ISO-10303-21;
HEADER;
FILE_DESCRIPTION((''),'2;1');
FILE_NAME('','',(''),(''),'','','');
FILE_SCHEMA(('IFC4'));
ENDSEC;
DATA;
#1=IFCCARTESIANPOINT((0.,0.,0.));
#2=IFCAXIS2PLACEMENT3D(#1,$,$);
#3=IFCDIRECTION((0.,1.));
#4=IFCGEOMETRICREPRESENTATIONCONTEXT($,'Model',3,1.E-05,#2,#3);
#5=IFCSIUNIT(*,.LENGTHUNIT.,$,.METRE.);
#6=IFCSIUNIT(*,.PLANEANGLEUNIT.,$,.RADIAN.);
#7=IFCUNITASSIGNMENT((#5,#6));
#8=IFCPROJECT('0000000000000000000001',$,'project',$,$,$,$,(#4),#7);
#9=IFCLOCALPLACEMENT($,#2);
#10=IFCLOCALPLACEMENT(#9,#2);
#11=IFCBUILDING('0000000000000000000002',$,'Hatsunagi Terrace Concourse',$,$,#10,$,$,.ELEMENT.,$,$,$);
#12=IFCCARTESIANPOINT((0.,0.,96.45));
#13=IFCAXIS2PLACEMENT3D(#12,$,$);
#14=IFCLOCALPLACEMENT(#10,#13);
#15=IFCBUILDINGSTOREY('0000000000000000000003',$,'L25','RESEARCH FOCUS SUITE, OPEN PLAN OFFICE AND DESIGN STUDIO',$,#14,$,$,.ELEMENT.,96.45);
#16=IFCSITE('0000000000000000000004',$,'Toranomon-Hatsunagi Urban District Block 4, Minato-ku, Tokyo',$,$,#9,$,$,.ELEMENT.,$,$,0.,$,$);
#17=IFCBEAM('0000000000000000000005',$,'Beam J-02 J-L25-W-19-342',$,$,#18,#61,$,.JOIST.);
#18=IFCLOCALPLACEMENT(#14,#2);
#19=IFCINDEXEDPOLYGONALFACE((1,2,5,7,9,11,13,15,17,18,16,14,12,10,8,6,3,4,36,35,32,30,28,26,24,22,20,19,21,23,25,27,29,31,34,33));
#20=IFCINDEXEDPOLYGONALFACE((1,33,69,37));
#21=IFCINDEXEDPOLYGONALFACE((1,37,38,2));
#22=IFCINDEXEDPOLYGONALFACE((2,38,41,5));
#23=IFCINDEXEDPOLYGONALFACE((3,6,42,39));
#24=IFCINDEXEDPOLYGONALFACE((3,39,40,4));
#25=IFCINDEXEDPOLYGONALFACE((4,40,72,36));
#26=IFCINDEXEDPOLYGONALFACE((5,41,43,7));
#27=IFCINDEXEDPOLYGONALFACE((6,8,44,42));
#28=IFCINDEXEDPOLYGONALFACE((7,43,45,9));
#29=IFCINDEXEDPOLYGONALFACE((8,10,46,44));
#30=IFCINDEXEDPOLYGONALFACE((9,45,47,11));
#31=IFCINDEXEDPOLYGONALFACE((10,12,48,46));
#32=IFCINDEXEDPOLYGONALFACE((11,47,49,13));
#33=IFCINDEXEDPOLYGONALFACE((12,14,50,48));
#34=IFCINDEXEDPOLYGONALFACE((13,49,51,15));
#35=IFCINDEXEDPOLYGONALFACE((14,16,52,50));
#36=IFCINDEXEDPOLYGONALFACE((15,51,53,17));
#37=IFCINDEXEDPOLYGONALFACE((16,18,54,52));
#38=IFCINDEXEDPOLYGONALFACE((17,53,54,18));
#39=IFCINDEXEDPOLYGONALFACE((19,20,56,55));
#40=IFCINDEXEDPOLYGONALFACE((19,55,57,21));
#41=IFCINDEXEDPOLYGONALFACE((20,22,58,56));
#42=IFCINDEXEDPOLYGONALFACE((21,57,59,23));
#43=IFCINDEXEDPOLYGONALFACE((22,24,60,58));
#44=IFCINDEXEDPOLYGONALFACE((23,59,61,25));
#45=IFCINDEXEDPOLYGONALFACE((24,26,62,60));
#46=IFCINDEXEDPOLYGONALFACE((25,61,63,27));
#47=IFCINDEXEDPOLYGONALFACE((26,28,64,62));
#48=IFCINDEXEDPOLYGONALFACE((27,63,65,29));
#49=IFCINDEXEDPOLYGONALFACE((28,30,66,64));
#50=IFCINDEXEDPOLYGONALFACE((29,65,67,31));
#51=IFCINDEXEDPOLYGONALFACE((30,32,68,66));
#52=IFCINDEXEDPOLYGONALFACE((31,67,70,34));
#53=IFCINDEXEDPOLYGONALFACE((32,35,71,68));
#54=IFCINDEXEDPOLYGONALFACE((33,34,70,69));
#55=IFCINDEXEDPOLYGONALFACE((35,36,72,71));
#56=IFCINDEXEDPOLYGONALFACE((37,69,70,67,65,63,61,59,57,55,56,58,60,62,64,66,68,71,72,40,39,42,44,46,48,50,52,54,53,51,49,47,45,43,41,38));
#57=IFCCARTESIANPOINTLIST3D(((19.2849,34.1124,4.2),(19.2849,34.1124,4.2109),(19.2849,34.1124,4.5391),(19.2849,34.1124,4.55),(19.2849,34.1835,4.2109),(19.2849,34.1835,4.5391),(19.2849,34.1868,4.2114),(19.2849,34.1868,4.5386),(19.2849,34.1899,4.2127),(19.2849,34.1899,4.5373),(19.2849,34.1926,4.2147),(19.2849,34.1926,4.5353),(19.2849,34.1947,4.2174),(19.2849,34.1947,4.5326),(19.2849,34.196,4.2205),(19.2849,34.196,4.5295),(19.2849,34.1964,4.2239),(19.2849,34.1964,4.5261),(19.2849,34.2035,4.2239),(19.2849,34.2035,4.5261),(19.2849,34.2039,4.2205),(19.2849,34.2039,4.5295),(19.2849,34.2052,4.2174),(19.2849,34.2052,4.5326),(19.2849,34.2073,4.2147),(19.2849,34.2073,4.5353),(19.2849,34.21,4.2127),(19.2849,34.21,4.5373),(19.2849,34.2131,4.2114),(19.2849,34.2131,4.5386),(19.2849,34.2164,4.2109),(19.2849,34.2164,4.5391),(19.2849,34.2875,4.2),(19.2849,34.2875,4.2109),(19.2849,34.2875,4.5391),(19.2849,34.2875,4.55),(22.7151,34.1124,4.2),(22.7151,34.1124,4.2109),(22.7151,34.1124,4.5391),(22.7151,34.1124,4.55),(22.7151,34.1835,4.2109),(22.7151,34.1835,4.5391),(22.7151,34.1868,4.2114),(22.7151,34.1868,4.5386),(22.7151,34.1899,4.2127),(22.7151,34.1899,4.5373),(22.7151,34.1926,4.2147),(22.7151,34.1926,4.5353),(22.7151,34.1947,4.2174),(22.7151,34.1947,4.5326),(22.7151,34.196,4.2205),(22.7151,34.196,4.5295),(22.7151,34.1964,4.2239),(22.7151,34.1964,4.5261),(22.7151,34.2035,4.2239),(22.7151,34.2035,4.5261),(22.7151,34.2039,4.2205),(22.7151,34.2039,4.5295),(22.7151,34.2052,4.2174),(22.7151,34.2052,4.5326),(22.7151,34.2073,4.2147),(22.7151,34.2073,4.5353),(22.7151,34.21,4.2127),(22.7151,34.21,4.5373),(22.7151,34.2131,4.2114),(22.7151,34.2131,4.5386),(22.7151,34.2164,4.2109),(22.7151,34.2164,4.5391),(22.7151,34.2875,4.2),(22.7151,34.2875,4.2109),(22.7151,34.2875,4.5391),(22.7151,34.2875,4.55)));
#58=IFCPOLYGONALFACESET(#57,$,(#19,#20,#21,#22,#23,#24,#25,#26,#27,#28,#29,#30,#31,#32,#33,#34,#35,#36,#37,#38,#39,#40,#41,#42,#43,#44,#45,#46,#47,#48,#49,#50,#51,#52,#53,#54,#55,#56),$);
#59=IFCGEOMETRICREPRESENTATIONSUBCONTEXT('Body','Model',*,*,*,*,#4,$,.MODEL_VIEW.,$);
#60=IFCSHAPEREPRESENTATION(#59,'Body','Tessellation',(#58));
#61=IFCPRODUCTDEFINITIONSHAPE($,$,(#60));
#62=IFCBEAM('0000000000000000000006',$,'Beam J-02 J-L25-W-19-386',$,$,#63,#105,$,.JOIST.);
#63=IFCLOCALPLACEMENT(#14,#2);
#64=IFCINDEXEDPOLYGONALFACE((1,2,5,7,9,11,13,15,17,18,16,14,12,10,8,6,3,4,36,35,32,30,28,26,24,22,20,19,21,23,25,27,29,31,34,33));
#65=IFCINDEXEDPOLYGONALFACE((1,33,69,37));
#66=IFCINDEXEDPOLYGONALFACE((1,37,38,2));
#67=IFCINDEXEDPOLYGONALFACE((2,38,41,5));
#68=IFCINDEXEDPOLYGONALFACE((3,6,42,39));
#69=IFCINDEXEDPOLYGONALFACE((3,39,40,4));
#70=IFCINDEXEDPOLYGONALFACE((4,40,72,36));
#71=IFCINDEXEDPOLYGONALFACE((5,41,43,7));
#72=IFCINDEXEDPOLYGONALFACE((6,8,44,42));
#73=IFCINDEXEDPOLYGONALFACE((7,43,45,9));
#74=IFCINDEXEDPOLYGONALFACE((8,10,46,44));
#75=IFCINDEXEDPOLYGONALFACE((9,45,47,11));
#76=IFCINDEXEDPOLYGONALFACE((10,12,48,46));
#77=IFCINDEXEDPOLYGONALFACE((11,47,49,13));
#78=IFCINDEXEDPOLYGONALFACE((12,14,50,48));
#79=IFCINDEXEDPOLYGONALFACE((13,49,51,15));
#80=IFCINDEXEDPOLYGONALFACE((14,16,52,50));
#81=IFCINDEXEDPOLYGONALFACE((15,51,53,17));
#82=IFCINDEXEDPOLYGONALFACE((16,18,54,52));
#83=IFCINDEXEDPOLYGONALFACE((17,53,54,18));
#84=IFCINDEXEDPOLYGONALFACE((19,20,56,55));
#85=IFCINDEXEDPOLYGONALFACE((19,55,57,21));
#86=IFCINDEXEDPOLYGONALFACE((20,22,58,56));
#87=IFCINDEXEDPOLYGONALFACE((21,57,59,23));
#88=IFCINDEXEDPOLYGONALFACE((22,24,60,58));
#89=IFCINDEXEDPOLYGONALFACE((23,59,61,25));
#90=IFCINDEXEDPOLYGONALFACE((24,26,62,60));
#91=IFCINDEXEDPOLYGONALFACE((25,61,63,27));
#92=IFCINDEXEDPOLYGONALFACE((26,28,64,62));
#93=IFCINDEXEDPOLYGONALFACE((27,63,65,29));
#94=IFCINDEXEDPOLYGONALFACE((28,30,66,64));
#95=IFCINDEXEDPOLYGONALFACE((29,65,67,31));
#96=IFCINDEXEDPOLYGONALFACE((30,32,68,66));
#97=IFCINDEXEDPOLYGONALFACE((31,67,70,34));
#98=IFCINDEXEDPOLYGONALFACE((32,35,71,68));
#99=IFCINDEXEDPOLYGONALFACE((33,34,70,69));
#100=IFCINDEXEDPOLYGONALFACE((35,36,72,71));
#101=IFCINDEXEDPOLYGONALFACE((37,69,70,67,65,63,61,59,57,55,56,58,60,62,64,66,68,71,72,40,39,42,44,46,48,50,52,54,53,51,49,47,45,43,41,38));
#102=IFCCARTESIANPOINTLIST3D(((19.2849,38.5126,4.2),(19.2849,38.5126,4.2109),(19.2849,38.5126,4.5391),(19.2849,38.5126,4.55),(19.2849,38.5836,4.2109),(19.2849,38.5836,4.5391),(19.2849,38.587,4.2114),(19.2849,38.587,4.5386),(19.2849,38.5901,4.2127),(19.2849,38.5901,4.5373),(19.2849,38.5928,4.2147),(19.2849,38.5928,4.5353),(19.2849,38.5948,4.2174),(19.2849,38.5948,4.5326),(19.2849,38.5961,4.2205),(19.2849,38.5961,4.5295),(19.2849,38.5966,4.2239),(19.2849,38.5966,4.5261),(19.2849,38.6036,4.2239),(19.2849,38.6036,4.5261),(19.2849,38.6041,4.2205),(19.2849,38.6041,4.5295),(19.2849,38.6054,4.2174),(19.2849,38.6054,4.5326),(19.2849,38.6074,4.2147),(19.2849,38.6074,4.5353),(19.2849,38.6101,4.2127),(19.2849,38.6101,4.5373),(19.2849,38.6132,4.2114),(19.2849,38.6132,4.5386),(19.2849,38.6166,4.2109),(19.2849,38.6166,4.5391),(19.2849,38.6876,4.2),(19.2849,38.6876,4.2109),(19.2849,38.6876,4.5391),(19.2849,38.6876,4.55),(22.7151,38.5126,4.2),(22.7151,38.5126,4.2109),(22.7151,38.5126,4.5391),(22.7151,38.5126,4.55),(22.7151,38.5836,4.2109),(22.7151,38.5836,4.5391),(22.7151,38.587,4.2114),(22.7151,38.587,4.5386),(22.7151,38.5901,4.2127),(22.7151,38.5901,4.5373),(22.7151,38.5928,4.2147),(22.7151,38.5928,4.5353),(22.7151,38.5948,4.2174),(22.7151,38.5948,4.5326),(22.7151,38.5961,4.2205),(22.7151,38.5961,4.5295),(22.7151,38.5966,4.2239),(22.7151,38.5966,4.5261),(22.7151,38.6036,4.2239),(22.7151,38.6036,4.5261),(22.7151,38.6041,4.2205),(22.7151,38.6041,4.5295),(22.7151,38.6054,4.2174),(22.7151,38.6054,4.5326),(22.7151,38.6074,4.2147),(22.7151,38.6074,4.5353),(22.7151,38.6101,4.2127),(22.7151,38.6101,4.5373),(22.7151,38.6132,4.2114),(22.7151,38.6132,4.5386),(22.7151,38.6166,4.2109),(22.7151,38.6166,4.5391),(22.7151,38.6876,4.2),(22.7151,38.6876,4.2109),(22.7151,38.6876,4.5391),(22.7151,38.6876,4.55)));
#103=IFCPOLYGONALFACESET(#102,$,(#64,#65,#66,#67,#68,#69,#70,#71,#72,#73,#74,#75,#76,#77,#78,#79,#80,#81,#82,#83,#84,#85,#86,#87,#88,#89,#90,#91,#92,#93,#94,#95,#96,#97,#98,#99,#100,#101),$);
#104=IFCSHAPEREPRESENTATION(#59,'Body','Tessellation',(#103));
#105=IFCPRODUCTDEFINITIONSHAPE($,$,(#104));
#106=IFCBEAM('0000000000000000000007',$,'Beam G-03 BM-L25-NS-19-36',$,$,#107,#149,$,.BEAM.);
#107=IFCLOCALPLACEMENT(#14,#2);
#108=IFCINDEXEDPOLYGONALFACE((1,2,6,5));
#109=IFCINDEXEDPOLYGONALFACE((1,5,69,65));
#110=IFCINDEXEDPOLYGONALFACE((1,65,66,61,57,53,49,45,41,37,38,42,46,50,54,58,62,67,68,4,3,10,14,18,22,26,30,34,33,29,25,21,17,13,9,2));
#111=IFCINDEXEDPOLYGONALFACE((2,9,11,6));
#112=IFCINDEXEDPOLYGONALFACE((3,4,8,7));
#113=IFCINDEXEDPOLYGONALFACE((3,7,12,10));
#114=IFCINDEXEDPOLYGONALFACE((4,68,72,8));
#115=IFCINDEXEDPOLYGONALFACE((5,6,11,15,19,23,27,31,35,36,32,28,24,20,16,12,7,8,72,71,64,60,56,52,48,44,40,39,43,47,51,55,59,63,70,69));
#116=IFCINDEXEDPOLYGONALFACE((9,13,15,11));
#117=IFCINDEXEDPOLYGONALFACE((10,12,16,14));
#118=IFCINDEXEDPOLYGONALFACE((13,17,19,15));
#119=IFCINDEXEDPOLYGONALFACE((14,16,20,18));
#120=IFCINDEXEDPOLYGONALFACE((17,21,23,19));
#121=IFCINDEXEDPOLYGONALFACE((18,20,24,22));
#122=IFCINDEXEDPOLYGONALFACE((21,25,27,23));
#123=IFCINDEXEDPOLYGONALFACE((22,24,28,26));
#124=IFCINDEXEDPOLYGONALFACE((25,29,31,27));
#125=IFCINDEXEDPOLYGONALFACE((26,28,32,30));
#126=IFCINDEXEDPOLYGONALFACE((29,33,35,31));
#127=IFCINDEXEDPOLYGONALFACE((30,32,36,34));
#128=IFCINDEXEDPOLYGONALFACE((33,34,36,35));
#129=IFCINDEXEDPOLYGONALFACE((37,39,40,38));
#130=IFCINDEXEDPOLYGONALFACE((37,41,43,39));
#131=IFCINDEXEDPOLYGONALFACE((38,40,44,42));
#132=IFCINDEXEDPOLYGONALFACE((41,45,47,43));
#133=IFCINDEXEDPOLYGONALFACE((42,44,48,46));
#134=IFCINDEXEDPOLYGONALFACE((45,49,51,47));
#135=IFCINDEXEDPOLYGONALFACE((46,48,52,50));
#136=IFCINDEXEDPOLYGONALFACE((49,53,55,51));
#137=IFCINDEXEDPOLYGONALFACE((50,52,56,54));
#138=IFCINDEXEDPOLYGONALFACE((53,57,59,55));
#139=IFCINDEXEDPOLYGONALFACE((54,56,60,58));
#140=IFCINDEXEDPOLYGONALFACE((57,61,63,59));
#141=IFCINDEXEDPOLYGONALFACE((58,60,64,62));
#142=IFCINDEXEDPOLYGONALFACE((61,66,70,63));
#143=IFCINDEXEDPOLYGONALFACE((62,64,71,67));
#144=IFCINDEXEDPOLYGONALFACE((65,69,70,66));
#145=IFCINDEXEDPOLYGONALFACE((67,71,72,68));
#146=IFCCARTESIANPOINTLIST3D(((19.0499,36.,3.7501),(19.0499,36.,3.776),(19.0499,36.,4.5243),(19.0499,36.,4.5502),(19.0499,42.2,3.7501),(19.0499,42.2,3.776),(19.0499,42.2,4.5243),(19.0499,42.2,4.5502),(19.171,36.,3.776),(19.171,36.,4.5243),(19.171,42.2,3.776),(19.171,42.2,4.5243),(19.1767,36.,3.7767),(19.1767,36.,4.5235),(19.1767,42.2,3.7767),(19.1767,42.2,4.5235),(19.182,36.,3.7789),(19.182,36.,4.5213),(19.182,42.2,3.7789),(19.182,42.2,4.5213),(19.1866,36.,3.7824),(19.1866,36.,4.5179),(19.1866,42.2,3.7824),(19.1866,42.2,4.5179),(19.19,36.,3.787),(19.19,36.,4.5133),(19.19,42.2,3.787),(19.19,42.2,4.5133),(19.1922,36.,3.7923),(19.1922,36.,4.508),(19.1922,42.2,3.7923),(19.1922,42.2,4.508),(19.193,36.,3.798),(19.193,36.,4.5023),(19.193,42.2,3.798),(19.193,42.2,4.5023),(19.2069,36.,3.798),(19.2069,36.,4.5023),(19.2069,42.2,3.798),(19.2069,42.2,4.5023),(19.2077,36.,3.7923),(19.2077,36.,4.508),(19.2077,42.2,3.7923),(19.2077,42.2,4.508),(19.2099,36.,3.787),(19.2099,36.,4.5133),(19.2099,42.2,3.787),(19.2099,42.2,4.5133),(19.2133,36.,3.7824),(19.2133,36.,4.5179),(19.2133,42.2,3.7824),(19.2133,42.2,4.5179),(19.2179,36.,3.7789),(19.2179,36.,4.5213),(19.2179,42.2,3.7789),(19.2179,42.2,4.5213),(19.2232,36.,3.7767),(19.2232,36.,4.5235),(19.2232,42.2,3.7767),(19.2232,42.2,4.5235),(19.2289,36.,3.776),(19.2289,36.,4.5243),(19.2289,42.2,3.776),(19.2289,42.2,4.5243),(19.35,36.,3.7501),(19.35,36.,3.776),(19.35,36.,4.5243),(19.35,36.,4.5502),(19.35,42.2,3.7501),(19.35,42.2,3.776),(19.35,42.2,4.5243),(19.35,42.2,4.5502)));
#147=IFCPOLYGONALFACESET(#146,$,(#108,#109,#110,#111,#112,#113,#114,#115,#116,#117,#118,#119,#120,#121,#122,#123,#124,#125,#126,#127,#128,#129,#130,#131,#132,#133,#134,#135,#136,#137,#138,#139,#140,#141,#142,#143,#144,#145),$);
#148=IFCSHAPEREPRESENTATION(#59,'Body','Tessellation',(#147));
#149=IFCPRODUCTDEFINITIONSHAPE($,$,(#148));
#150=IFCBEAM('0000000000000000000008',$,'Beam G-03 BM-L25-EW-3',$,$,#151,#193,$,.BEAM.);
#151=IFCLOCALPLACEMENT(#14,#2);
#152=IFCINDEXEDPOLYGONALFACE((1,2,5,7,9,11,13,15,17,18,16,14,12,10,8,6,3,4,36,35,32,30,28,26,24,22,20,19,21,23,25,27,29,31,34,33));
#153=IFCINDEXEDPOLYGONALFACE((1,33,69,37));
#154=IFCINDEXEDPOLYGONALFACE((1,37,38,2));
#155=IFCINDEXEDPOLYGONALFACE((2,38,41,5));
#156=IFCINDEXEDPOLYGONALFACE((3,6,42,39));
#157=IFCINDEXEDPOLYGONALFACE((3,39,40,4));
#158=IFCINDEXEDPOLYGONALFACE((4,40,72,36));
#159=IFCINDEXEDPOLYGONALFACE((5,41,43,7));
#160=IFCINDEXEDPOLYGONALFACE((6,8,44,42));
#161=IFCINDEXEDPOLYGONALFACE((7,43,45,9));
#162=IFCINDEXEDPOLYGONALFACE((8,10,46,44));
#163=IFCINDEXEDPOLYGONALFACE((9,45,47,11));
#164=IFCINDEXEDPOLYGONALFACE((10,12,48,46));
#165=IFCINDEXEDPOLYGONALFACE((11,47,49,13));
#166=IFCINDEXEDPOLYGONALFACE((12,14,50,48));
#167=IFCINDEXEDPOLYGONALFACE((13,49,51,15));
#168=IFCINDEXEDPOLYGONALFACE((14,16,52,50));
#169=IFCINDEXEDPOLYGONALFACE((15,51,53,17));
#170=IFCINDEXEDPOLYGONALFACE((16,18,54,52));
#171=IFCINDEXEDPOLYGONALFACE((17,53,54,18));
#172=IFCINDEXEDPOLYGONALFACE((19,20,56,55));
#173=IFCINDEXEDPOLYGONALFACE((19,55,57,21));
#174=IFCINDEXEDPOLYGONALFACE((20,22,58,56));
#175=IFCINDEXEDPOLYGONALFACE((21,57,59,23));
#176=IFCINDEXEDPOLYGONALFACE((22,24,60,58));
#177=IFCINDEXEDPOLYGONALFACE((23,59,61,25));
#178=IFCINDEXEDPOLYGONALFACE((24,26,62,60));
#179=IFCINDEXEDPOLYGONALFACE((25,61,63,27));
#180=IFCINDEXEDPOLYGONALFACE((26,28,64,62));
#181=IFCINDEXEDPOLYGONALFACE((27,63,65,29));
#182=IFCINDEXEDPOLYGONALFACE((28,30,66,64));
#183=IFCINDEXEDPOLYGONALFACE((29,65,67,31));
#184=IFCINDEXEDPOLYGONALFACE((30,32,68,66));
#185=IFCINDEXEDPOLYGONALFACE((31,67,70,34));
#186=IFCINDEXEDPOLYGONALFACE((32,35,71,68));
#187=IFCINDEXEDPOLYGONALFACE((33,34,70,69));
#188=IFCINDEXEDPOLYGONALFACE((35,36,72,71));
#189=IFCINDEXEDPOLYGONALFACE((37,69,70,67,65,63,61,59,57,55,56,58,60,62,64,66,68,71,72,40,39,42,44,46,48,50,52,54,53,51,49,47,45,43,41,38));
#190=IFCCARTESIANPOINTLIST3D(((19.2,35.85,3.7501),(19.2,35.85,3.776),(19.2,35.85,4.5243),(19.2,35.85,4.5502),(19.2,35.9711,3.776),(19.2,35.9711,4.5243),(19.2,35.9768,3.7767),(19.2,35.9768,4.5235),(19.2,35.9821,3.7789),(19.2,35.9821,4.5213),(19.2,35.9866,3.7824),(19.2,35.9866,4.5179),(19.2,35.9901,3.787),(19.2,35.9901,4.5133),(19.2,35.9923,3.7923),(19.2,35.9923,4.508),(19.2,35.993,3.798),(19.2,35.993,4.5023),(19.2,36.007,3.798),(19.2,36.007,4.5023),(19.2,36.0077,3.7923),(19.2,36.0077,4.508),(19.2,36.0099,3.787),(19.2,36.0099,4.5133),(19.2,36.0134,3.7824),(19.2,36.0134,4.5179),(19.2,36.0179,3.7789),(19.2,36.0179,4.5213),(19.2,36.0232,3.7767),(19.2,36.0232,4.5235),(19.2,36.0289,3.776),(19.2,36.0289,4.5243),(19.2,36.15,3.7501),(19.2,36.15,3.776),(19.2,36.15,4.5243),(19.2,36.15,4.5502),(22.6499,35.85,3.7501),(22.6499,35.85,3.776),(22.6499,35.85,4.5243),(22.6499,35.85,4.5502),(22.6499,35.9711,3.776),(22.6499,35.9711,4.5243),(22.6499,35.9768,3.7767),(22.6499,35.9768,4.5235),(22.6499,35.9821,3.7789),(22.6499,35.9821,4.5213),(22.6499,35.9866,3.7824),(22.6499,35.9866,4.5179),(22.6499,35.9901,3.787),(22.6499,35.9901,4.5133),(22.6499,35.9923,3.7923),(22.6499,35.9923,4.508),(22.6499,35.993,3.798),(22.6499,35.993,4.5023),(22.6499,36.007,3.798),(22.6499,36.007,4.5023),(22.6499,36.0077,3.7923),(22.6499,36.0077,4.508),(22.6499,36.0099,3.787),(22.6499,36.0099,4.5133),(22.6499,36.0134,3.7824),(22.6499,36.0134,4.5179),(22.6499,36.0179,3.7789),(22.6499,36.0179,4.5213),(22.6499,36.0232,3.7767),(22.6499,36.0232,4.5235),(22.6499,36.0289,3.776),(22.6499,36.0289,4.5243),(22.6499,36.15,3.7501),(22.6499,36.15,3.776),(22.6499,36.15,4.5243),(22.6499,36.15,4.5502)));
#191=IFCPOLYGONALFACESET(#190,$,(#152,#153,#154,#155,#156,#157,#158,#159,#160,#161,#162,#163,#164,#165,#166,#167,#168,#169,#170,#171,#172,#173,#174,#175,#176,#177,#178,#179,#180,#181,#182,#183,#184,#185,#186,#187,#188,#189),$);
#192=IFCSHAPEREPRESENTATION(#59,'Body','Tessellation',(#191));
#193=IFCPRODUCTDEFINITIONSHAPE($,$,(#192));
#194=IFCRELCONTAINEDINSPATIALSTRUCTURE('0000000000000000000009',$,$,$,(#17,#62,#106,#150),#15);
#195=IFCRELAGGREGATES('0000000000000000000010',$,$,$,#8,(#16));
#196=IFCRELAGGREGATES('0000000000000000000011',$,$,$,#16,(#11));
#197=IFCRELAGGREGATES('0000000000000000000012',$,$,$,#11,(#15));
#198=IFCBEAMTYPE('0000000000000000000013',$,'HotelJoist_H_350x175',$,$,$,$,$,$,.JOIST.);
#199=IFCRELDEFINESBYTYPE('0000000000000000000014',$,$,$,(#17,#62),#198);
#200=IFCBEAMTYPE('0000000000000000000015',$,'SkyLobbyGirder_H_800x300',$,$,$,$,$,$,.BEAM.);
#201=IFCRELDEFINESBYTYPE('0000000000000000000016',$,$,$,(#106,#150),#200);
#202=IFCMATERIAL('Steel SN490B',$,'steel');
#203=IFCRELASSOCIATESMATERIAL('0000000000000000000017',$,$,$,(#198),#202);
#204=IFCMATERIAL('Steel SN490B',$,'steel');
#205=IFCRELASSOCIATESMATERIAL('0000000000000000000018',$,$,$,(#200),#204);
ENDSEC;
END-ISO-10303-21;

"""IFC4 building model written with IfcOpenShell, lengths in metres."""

from ifc_helpers import new_model, si_unit, direction, frame, origin, origin_2d, place, context, subcontext, project, spatial, i_section, extrude, material, material_profile, profile_set, type_object, element, save


model = new_model("IFC4")

# Units and contexts
model_context = context("Model", 3, precision=1e-05, world=origin(), true_north=direction((0.0, 1.0)))
body_context = subcontext(model_context, "Body", "Model", "MODEL_VIEW")
ifc_project = project(units=[si_unit("LENGTHUNIT", "METRE"), si_unit("PLANEANGLEUNIT", "RADIAN")], contexts=[model_context])

# Site, building, storey
site_placement = place(None, origin())
site = spatial("IfcSite", under=ifc_project, at=site_placement, Name="Toranomon-Hatsunagi Urban District Block 4, Minato-ku, Tokyo", CompositionType="ELEMENT", RefElevation=0.0)
building_placement = place(site_placement, origin())
building = spatial("IfcBuilding", under=site, at=building_placement, Name="Hatsunagi Terrace Concourse", CompositionType="ELEMENT")
storey_placement = place(building_placement, frame((0.0, 0.0, 96.45)))
storey = spatial("IfcBuildingStorey", under=building, at=storey_placement, Name="L25", Description="RESEARCH FOCUS SUITE, OPEN PLAN OFFICE AND DESIGN STUDIO", CompositionType="ELEMENT", Elevation=96.45)

# Beams
ifc_material_1 = material(Name="Steel SN490B", Category="steel")
ifc_material_profile_1 = material_profile(ifc_material_1, i_section(OverallWidth=0.175, OverallDepth=0.3501, WebThickness=0.0071, FlangeThickness=0.011, FilletRadius=0.0129, at=origin_2d()), Name="H-350x175x7x11")
ifc_profile_set_1 = profile_set([ifc_material_profile_1], Name="Steel SN490B")
beam_type_1 = type_object("IfcBeamType", Name="HotelJoist_H_350x175", PredefinedType="JOIST", material=ifc_profile_set_1)
for number, where, z_axis, x_axis, name in (
    (1, (19.2849, 34.2, 4.375), (1.0, 0.0, 0.0), (0.0, 1.0, 0.0), "Beam J-02 J-L25-W-19-342"),
    (2, (19.2849, 38.6001, 4.375), (1.0, 0.0, 0.0), (0.0, 1.0, 0.0), "Beam J-02 J-L25-W-19-386"),
):
    element("IfcBeam", number, at=place(storey_placement, frame(where, z_axis=z_axis, x_axis=x_axis)), inside=storey, type_object=beam_type_1, Name=name, PredefinedType="JOIST", context=body_context, shape_type="SweptSolid", body=[
        extrude(i_section(OverallWidth=0.175, OverallDepth=0.3501, WebThickness=0.0071, FlangeThickness=0.011, FilletRadius=0.0129, at=origin_2d()), origin(), (0.0, 0.0, 1.0), 3.4302),
    ])
ifc_material_2 = material(Name="Steel SN490B", Category="steel")
ifc_material_profile_2 = material_profile(ifc_material_2, i_section(OverallWidth=0.3, OverallDepth=0.8, WebThickness=0.0139, FlangeThickness=0.0259, FilletRadius=0.022, at=origin_2d()), Name="H-800x300x14x26")
ifc_profile_set_2 = profile_set([ifc_material_profile_2], Name="Steel SN490B")
beam_type_2 = type_object("IfcBeamType", Name="SkyLobbyGirder_H_800x300", PredefinedType="BEAM", material=ifc_profile_set_2)
beam_1_placement = place(storey_placement, frame((19.2, 36.0, 4.1501), z_axis=(0.0, 1.0, 0.0), x_axis=(-1.0, 0.0, 0.0)))
element("IfcBeam", 3, at=beam_1_placement, inside=storey, type_object=beam_type_2, Name="Beam G-03 BM-L25-NS-19-36", PredefinedType="BEAM", context=body_context, shape_type="SweptSolid", body=[
    extrude(i_section(OverallWidth=0.3, OverallDepth=0.8, WebThickness=0.0139, FlangeThickness=0.0259, FilletRadius=0.022, at=origin_2d()), origin(), (0.0, 0.0, 1.0), 6.2),
])
beam_2_placement = place(storey_placement, frame((19.2, 36.0, 4.1501), z_axis=(1.0, 0.0, 0.0), x_axis=(0.0, 1.0, 0.0)))
element("IfcBeam", 4, at=beam_2_placement, inside=storey, type_object=beam_type_2, Name="Beam G-03 BM-L25-EW-3", PredefinedType="BEAM", context=body_context, shape_type="SweptSolid", body=[
    extrude(i_section(OverallWidth=0.3, OverallDepth=0.8, WebThickness=0.0139, FlangeThickness=0.0259, FilletRadius=0.022, at=origin_2d()), origin(), (0.0, 0.0, 1.0), 3.45),
])

save(model, "model.ifc")
